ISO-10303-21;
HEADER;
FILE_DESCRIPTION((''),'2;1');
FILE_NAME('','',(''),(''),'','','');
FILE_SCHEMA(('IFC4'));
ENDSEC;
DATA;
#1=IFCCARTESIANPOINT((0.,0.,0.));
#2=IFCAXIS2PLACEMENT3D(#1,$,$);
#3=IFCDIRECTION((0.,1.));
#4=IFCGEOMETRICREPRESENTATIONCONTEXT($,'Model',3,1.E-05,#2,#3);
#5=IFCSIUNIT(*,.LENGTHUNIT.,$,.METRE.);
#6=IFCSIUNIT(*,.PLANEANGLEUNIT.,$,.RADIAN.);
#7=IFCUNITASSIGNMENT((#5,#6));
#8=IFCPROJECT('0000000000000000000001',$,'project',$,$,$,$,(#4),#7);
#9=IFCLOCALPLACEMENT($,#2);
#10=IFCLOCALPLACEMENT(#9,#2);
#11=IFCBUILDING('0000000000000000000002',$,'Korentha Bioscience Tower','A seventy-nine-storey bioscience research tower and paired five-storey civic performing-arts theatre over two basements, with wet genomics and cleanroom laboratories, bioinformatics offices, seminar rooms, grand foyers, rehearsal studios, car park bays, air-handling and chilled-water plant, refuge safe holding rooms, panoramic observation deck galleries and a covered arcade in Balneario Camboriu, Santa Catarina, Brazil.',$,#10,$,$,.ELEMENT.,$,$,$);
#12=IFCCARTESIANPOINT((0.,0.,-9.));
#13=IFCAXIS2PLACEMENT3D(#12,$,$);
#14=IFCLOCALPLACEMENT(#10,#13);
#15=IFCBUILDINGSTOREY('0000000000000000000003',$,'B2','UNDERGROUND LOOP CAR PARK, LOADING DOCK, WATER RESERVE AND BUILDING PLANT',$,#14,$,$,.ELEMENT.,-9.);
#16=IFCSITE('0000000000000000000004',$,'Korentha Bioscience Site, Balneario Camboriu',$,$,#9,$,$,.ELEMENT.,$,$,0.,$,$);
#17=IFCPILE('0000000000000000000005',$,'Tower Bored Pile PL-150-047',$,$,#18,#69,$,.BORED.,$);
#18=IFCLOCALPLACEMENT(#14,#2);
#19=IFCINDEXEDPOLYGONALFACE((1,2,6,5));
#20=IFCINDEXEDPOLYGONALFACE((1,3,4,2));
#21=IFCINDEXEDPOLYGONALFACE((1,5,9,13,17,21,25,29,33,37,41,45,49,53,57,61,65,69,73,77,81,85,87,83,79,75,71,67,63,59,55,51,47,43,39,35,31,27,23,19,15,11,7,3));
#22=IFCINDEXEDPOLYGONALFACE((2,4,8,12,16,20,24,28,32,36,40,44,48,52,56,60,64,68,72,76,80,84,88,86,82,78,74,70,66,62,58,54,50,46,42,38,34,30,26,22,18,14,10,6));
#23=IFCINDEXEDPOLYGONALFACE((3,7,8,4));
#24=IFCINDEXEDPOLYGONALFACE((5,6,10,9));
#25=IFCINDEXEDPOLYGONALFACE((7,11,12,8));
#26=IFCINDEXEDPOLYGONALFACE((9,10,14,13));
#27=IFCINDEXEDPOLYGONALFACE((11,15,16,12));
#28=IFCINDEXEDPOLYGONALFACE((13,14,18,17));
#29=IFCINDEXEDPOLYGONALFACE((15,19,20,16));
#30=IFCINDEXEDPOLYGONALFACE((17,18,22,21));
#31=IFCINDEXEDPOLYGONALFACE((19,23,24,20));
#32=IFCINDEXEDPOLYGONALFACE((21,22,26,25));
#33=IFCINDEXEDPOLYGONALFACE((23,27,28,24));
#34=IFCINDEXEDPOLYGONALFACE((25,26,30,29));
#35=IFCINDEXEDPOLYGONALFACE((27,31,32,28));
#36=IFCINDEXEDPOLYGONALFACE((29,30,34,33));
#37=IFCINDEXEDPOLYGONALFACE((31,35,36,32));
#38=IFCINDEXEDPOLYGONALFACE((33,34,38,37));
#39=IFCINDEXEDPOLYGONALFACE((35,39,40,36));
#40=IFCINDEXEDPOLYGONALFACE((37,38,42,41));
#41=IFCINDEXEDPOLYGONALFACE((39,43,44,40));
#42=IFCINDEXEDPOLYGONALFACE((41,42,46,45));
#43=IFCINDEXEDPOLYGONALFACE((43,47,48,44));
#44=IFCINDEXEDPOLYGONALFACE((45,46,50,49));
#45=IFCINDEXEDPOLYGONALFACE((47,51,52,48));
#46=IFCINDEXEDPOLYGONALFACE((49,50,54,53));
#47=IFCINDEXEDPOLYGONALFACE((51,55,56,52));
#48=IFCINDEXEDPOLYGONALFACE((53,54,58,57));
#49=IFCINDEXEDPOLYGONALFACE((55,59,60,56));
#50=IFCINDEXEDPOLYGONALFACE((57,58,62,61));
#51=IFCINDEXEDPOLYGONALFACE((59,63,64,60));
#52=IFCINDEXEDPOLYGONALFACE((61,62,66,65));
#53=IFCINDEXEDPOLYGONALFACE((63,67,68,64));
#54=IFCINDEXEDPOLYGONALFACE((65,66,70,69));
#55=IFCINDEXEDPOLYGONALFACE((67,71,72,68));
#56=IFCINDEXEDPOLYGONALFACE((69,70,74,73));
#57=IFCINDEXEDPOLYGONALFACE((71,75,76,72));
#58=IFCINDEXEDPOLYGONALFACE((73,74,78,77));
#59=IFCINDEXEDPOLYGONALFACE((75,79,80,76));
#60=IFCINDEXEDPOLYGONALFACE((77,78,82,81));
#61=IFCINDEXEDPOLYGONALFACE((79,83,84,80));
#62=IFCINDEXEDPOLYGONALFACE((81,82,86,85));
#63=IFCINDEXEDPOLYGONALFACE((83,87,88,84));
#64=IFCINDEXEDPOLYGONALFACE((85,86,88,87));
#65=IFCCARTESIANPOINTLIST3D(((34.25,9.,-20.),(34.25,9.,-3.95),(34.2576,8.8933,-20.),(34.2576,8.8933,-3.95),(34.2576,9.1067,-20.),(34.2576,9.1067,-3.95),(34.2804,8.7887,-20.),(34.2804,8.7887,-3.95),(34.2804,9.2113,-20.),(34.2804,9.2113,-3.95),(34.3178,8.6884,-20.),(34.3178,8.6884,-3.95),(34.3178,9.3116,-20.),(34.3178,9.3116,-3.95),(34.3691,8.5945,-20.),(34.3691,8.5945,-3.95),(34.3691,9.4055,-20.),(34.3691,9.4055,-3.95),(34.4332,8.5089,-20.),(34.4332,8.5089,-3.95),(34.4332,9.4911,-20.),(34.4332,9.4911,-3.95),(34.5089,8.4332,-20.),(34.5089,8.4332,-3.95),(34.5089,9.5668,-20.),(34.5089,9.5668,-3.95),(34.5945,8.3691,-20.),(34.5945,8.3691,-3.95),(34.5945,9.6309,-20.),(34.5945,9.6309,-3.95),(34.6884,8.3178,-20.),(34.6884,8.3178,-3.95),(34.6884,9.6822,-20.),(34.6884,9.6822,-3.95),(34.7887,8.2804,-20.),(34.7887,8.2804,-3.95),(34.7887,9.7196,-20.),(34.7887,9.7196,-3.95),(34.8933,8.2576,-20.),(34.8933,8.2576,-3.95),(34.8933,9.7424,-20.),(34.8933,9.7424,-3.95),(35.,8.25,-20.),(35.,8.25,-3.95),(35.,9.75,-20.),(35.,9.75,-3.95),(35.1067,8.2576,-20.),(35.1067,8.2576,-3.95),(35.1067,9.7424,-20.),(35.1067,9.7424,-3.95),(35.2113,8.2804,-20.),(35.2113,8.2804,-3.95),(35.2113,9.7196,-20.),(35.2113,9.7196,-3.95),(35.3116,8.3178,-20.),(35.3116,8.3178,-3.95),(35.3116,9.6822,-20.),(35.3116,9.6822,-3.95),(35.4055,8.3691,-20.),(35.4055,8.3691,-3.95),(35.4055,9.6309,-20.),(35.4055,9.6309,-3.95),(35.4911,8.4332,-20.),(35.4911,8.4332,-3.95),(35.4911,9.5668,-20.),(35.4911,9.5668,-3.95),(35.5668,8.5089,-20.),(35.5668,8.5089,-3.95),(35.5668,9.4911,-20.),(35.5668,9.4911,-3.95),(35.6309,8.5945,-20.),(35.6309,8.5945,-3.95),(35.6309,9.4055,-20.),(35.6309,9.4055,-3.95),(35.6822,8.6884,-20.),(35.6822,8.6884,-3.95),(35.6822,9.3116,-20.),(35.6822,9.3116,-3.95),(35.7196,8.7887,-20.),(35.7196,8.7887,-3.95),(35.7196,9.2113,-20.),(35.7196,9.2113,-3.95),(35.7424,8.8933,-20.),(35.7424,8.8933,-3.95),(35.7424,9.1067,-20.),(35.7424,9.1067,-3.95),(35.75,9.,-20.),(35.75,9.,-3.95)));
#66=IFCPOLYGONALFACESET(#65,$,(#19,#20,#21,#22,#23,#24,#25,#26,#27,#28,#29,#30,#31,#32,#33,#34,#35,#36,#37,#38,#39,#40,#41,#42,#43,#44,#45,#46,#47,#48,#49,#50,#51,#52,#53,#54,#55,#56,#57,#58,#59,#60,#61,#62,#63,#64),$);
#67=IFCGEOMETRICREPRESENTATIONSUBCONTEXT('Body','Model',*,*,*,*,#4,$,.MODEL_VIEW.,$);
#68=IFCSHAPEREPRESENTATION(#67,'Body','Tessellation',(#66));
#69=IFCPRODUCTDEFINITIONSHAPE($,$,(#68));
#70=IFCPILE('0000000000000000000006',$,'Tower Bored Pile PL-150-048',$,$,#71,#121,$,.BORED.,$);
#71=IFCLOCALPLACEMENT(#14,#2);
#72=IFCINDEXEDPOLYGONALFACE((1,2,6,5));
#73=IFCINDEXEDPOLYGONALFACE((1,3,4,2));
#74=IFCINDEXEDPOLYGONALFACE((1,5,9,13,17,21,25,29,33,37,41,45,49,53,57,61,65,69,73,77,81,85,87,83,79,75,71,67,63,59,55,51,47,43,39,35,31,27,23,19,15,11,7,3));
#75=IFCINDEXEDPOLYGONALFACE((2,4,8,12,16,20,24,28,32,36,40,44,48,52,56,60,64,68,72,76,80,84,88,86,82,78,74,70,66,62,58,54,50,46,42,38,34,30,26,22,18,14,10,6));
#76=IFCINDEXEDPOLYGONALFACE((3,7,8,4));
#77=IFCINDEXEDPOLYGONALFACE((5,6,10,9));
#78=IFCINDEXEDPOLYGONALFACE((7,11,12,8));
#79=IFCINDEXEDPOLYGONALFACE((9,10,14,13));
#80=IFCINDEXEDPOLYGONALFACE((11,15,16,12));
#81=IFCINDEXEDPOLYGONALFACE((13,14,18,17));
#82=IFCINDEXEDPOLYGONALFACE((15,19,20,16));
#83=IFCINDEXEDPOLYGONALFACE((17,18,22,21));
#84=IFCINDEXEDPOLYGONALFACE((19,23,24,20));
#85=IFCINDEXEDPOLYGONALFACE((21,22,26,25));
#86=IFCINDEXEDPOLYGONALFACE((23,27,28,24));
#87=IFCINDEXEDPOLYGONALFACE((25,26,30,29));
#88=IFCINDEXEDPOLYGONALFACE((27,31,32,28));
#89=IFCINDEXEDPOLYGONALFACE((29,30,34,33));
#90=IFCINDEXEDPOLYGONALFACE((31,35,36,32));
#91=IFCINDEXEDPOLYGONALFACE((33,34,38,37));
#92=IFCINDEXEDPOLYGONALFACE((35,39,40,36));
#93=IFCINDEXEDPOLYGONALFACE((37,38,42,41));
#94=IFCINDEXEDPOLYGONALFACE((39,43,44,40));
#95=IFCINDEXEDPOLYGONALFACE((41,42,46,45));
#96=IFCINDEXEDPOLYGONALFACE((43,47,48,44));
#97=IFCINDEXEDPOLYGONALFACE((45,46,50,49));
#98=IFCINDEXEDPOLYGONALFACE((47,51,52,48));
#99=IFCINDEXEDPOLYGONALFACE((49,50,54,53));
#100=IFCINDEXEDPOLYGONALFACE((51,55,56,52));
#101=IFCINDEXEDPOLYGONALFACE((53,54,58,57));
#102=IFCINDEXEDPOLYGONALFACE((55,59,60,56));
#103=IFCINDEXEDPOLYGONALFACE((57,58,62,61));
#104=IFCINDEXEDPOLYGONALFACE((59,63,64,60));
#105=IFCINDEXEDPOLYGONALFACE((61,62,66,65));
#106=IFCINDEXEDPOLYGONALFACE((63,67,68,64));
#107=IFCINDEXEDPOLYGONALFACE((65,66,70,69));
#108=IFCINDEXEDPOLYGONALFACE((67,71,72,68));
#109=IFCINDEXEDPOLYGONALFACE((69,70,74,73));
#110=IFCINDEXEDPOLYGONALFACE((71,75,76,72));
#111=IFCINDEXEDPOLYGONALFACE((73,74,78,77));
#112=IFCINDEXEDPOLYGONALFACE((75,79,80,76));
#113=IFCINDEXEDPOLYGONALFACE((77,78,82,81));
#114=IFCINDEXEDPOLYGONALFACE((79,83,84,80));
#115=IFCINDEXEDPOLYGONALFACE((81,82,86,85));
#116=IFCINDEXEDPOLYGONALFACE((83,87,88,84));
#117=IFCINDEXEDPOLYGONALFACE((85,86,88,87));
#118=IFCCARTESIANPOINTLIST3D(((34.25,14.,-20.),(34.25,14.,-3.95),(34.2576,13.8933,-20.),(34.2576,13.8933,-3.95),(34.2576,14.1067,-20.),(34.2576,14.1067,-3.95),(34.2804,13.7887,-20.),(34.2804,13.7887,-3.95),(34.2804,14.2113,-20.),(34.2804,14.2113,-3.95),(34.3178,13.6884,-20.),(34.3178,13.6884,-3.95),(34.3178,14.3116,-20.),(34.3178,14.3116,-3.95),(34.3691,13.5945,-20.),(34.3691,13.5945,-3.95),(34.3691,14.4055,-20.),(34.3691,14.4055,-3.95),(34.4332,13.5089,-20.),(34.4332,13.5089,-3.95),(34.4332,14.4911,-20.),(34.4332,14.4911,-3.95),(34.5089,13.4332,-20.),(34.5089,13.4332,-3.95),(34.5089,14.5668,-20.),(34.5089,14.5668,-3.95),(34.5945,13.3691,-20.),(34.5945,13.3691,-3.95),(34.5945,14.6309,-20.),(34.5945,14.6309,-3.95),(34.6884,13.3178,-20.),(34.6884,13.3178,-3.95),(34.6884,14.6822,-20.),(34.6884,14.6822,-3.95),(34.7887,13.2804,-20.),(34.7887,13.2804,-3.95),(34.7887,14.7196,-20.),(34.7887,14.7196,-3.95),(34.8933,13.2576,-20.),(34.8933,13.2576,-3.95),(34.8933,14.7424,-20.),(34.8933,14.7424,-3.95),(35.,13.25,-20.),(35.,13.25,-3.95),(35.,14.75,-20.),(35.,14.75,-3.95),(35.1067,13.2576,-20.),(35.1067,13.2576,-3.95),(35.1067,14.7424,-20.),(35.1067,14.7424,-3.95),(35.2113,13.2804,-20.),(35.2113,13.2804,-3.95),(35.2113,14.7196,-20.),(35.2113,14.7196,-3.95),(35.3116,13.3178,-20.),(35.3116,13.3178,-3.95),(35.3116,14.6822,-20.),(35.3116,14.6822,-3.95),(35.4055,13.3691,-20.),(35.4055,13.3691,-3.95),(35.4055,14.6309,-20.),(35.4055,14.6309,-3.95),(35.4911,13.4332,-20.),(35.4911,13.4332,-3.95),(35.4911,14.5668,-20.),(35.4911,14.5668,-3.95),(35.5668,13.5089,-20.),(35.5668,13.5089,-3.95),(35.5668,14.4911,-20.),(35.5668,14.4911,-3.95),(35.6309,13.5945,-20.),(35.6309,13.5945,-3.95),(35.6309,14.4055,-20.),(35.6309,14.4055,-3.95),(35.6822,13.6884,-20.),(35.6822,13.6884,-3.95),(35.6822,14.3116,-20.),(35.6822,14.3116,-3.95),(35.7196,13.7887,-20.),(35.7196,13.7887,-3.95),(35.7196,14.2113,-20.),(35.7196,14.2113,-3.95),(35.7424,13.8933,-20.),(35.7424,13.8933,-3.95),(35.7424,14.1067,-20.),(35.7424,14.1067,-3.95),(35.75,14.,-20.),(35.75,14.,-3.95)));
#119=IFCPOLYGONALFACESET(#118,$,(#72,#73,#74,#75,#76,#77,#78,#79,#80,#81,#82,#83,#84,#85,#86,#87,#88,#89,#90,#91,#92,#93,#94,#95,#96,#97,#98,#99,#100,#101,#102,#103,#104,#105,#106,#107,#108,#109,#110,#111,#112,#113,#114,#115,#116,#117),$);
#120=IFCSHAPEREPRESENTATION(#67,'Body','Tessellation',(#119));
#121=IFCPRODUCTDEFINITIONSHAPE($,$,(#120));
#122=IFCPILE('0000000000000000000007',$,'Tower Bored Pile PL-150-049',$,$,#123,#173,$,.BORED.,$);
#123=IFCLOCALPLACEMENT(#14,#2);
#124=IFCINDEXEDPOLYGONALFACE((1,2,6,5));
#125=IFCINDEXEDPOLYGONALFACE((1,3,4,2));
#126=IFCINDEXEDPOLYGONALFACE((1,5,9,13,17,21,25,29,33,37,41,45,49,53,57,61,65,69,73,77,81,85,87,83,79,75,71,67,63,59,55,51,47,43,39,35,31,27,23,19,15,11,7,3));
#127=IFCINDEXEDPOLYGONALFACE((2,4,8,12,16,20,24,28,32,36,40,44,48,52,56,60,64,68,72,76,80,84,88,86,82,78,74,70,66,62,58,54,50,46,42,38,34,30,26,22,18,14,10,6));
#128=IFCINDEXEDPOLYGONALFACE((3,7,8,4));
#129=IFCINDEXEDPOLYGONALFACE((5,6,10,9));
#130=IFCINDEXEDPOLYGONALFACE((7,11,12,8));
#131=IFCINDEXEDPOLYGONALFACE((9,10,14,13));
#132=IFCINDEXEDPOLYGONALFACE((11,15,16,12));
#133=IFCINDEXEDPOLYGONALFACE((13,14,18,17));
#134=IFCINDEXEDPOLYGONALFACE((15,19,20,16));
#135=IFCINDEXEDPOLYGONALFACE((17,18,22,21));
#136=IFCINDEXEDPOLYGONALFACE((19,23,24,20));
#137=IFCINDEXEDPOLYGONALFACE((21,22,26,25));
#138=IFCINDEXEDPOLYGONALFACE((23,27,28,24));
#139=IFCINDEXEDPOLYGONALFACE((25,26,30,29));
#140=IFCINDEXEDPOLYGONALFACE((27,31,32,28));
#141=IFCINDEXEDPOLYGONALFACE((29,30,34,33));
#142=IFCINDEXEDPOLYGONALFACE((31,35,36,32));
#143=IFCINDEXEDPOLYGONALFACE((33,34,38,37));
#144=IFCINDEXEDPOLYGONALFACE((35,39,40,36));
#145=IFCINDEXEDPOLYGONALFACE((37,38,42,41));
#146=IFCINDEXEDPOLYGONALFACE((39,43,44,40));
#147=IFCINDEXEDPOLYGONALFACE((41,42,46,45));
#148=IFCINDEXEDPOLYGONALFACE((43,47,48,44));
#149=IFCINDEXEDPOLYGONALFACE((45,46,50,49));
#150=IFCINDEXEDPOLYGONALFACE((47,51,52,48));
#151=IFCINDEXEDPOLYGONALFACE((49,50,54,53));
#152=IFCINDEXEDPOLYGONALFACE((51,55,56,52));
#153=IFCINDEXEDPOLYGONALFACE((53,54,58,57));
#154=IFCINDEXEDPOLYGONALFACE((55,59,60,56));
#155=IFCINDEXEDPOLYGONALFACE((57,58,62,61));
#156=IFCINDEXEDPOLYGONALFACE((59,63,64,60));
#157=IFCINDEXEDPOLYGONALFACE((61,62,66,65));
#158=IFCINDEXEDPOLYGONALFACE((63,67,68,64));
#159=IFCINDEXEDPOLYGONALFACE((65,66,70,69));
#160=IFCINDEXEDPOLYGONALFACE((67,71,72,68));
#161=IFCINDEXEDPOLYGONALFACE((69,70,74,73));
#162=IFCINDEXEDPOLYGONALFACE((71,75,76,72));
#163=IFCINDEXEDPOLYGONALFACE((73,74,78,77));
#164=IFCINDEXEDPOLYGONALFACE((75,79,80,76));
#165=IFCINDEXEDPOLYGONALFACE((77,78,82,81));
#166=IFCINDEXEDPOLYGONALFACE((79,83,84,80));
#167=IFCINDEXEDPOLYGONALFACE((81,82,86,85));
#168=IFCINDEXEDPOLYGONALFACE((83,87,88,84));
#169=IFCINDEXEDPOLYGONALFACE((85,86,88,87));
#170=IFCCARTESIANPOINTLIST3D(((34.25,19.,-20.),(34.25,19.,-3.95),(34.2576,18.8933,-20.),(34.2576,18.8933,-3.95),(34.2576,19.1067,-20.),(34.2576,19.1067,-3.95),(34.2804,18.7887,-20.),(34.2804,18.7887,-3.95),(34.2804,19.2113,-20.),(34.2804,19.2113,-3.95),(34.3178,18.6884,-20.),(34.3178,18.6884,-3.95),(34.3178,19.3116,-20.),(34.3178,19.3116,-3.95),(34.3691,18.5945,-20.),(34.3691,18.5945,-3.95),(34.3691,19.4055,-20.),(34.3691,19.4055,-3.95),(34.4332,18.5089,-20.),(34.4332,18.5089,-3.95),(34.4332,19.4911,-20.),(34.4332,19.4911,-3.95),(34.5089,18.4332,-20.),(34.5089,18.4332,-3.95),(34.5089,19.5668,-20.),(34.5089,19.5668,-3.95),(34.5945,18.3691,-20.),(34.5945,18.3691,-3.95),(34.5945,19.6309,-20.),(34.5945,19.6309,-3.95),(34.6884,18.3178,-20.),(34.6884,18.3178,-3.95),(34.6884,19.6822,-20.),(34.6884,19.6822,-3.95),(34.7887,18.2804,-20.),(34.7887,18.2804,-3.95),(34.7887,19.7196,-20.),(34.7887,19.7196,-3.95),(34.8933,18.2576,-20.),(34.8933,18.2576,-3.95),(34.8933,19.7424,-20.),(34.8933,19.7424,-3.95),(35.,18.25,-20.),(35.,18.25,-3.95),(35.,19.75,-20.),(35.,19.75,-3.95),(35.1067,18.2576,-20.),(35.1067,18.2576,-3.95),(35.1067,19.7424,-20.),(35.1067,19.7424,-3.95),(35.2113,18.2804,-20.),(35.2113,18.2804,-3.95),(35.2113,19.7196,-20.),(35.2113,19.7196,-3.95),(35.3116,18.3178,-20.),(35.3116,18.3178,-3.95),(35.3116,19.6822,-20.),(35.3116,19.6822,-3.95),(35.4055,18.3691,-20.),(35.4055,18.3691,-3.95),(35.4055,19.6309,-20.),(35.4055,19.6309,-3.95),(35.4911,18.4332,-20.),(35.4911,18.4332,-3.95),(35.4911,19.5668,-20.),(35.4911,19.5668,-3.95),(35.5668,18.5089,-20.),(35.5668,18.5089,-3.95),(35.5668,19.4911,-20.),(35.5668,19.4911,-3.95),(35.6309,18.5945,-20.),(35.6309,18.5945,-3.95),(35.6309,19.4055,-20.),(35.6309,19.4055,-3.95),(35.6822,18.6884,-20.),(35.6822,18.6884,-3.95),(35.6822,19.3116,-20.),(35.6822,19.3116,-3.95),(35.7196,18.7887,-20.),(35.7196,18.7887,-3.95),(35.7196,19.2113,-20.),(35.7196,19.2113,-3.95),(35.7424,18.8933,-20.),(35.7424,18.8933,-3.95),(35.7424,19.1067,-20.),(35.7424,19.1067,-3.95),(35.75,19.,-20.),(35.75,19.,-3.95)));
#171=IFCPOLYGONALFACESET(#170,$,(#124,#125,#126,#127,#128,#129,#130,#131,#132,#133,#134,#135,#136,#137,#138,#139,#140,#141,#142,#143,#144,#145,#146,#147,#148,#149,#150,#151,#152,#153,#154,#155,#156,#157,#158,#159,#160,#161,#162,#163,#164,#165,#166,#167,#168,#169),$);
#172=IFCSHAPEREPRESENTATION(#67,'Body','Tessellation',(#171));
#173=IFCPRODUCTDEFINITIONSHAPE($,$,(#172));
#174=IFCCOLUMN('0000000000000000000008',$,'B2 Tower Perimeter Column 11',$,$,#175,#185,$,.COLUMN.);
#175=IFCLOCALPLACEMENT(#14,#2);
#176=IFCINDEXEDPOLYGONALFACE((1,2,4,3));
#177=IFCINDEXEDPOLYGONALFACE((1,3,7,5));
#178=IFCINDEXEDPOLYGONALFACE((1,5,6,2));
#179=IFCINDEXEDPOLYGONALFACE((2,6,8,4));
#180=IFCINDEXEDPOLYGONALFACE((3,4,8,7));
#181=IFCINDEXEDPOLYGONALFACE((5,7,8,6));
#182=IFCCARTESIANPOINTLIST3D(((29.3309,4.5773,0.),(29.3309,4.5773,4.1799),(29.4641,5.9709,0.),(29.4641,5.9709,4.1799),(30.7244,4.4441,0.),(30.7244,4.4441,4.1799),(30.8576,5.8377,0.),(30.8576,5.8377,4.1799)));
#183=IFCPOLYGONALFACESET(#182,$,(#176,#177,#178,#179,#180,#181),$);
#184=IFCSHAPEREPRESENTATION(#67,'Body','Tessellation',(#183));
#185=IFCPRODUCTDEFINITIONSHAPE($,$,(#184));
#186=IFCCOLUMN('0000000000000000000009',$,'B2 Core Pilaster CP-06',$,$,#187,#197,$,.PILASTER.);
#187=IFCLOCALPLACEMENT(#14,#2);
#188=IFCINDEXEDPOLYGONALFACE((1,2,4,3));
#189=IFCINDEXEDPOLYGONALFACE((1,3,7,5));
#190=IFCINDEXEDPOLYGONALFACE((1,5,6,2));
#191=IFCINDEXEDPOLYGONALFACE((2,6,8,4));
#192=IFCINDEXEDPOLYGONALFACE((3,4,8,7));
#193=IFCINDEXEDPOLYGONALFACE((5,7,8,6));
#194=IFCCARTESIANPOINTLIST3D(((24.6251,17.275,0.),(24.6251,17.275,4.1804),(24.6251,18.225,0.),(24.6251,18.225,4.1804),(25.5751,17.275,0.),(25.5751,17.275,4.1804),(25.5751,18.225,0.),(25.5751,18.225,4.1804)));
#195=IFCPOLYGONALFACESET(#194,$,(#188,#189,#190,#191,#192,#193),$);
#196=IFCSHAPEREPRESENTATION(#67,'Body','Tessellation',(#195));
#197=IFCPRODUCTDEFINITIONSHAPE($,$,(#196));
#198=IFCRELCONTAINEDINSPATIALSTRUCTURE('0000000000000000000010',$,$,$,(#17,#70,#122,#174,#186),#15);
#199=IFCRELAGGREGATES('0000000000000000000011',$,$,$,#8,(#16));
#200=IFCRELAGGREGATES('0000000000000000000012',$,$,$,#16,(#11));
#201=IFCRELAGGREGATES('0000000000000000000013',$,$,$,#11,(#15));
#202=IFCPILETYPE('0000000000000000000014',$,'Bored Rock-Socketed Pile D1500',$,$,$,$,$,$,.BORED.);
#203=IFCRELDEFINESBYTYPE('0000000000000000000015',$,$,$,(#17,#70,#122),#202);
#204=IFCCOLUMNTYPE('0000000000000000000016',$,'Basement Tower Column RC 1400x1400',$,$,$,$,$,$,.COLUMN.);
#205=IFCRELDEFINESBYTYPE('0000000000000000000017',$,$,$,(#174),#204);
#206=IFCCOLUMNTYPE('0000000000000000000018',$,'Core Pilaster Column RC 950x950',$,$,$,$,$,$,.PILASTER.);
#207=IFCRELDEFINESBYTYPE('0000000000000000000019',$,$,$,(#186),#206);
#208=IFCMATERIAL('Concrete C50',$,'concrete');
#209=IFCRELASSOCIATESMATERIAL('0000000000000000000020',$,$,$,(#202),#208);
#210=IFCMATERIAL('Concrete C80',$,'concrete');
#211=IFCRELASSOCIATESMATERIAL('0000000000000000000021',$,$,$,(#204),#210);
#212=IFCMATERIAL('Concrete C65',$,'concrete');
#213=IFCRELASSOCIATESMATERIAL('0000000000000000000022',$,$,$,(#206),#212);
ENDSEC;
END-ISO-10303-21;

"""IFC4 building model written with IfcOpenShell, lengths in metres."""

from ifc_helpers import new_model, si_unit, direction, frame, origin, origin_2d, place, context, subcontext, project, spatial, rectangle, circle, extrude, material, material_profile, profile_set, type_object, element, save


model = new_model("IFC4")

# Units and contexts
model_context = context("Model", 3, precision=1e-05, world=origin(), true_north=direction((0.0, 1.0)))
body_context = subcontext(model_context, "Body", "Model", "MODEL_VIEW")
ifc_project = project(units=[si_unit("LENGTHUNIT", "METRE"), si_unit("PLANEANGLEUNIT", "RADIAN")], contexts=[model_context])

# Site, building, storey
site_placement = place(None, origin())
site = spatial("IfcSite", under=ifc_project, at=site_placement, Name="Korentha Bioscience Site, Balneario Camboriu", CompositionType="ELEMENT", RefElevation=0.0)
building_placement = place(site_placement, origin())
building = spatial("IfcBuilding", under=site, at=building_placement, Name="Korentha Bioscience Tower", Description="A seventy-nine-storey bioscience research tower and paired five-storey civic performing-arts theatre over two basements, with wet genomics and cleanroom laboratories, bioinformatics offices, seminar rooms, grand foyers, rehearsal studios, car park bays, air-handling and chilled-water plant, refuge safe holding rooms, panoramic observation deck galleries and a covered arcade in Balneario Camboriu, Santa Catarina, Brazil.", CompositionType="ELEMENT")
storey_placement = place(building_placement, frame((0.0, 0.0, -9.0)))
storey = spatial("IfcBuildingStorey", under=building, at=storey_placement, Name="B2", Description="UNDERGROUND LOOP CAR PARK, LOADING DOCK, WATER RESERVE AND BUILDING PLANT", CompositionType="ELEMENT", Elevation=-9.0)

# Piles
ifc_material_1 = material(Name="Concrete C50", Category="concrete")
ifc_material_profile_1 = material_profile(ifc_material_1, circle(Radius=0.75, at=origin_2d()), Name="Concrete C50")
ifc_profile_set_1 = profile_set([ifc_material_profile_1], Name="Concrete C50 (PL-150)")
pile_type = type_object("IfcPileType", Name="Bored Rock-Socketed Pile D1500", PredefinedType="BORED", material=ifc_profile_set_1)
for number, where, z_axis, x_axis, name in (
    (1, (35.0, 9.0, -3.95), (0.0, 0.0, -1.0), (1.0, 0.0, 0.0), "Tower Bored Pile PL-150-047"),
    (2, (35.0, 14.0, -3.95), (0.0, 0.0, -1.0), (1.0, 0.0, 0.0), "Tower Bored Pile PL-150-048"),
    (3, (35.0, 19.0, -3.95), (0.0, 0.0, -1.0), (1.0, 0.0, 0.0), "Tower Bored Pile PL-150-049"),
):
    element("IfcPile", number, at=place(storey_placement, frame(where, z_axis=z_axis, x_axis=x_axis)), inside=storey, type_object=pile_type, Name=name, PredefinedType="BORED", context=body_context, shape_type="SweptSolid", body=[
        extrude(circle(Radius=0.75, at=origin_2d()), origin(), (0.0, 0.0, 1.0), 16.05),
    ])

# Columns
ifc_material_2 = material(Name="Concrete C80", Category="concrete")
ifc_material_profile_2 = material_profile(ifc_material_2, rectangle(XDim=1.3999, YDim=1.3999, at=origin_2d()), Name="Concrete C80")
ifc_profile_set_2 = profile_set([ifc_material_profile_2], Name="Concrete C80 (COL-B14)")
column_type_1 = type_object("IfcColumnType", Name="Basement Tower Column RC 1400x1400", PredefinedType="COLUMN", material=ifc_profile_set_2)
column_1_placement = place(storey_placement, frame((30.0942, 5.2075, 0.0), z_axis=(0.0, 0.0, 1.0), x_axis=(-0.995463, 0.095151, 0.0)))
element("IfcColumn", 4, at=column_1_placement, inside=storey, type_object=column_type_1, Name="B2 Tower Perimeter Column 11", PredefinedType="COLUMN", context=body_context, shape_type="SweptSolid", body=[
    extrude(rectangle(XDim=1.3999, YDim=1.3999, at=origin_2d()), origin(), (0.0, 0.0, 1.0), 4.1799),
])
ifc_material_3 = material(Name="Concrete C65", Category="concrete")
ifc_material_profile_3 = material_profile(ifc_material_3, rectangle(XDim=0.95, YDim=0.95, at=origin_2d()), Name="Concrete C65")
ifc_profile_set_3 = profile_set([ifc_material_profile_3], Name="Concrete C65 (COL-CP09)")
column_type_2 = type_object("IfcColumnType", Name="Core Pilaster Column RC 950x950", PredefinedType="PILASTER", material=ifc_profile_set_3)
column_2_placement = place(storey_placement, frame((25.1001, 17.75, 0.0), z_axis=(0.0, 0.0, 1.0), x_axis=(1.0, 0.0, 0.0)))
element("IfcColumn", 5, at=column_2_placement, inside=storey, type_object=column_type_2, Name="B2 Core Pilaster CP-06", PredefinedType="PILASTER", context=body_context, shape_type="SweptSolid", body=[
    extrude(rectangle(XDim=0.95, YDim=0.95, at=origin_2d()), origin(), (0.0, 0.0, 1.0), 4.1804),
])

save(model, "model.ifc")
